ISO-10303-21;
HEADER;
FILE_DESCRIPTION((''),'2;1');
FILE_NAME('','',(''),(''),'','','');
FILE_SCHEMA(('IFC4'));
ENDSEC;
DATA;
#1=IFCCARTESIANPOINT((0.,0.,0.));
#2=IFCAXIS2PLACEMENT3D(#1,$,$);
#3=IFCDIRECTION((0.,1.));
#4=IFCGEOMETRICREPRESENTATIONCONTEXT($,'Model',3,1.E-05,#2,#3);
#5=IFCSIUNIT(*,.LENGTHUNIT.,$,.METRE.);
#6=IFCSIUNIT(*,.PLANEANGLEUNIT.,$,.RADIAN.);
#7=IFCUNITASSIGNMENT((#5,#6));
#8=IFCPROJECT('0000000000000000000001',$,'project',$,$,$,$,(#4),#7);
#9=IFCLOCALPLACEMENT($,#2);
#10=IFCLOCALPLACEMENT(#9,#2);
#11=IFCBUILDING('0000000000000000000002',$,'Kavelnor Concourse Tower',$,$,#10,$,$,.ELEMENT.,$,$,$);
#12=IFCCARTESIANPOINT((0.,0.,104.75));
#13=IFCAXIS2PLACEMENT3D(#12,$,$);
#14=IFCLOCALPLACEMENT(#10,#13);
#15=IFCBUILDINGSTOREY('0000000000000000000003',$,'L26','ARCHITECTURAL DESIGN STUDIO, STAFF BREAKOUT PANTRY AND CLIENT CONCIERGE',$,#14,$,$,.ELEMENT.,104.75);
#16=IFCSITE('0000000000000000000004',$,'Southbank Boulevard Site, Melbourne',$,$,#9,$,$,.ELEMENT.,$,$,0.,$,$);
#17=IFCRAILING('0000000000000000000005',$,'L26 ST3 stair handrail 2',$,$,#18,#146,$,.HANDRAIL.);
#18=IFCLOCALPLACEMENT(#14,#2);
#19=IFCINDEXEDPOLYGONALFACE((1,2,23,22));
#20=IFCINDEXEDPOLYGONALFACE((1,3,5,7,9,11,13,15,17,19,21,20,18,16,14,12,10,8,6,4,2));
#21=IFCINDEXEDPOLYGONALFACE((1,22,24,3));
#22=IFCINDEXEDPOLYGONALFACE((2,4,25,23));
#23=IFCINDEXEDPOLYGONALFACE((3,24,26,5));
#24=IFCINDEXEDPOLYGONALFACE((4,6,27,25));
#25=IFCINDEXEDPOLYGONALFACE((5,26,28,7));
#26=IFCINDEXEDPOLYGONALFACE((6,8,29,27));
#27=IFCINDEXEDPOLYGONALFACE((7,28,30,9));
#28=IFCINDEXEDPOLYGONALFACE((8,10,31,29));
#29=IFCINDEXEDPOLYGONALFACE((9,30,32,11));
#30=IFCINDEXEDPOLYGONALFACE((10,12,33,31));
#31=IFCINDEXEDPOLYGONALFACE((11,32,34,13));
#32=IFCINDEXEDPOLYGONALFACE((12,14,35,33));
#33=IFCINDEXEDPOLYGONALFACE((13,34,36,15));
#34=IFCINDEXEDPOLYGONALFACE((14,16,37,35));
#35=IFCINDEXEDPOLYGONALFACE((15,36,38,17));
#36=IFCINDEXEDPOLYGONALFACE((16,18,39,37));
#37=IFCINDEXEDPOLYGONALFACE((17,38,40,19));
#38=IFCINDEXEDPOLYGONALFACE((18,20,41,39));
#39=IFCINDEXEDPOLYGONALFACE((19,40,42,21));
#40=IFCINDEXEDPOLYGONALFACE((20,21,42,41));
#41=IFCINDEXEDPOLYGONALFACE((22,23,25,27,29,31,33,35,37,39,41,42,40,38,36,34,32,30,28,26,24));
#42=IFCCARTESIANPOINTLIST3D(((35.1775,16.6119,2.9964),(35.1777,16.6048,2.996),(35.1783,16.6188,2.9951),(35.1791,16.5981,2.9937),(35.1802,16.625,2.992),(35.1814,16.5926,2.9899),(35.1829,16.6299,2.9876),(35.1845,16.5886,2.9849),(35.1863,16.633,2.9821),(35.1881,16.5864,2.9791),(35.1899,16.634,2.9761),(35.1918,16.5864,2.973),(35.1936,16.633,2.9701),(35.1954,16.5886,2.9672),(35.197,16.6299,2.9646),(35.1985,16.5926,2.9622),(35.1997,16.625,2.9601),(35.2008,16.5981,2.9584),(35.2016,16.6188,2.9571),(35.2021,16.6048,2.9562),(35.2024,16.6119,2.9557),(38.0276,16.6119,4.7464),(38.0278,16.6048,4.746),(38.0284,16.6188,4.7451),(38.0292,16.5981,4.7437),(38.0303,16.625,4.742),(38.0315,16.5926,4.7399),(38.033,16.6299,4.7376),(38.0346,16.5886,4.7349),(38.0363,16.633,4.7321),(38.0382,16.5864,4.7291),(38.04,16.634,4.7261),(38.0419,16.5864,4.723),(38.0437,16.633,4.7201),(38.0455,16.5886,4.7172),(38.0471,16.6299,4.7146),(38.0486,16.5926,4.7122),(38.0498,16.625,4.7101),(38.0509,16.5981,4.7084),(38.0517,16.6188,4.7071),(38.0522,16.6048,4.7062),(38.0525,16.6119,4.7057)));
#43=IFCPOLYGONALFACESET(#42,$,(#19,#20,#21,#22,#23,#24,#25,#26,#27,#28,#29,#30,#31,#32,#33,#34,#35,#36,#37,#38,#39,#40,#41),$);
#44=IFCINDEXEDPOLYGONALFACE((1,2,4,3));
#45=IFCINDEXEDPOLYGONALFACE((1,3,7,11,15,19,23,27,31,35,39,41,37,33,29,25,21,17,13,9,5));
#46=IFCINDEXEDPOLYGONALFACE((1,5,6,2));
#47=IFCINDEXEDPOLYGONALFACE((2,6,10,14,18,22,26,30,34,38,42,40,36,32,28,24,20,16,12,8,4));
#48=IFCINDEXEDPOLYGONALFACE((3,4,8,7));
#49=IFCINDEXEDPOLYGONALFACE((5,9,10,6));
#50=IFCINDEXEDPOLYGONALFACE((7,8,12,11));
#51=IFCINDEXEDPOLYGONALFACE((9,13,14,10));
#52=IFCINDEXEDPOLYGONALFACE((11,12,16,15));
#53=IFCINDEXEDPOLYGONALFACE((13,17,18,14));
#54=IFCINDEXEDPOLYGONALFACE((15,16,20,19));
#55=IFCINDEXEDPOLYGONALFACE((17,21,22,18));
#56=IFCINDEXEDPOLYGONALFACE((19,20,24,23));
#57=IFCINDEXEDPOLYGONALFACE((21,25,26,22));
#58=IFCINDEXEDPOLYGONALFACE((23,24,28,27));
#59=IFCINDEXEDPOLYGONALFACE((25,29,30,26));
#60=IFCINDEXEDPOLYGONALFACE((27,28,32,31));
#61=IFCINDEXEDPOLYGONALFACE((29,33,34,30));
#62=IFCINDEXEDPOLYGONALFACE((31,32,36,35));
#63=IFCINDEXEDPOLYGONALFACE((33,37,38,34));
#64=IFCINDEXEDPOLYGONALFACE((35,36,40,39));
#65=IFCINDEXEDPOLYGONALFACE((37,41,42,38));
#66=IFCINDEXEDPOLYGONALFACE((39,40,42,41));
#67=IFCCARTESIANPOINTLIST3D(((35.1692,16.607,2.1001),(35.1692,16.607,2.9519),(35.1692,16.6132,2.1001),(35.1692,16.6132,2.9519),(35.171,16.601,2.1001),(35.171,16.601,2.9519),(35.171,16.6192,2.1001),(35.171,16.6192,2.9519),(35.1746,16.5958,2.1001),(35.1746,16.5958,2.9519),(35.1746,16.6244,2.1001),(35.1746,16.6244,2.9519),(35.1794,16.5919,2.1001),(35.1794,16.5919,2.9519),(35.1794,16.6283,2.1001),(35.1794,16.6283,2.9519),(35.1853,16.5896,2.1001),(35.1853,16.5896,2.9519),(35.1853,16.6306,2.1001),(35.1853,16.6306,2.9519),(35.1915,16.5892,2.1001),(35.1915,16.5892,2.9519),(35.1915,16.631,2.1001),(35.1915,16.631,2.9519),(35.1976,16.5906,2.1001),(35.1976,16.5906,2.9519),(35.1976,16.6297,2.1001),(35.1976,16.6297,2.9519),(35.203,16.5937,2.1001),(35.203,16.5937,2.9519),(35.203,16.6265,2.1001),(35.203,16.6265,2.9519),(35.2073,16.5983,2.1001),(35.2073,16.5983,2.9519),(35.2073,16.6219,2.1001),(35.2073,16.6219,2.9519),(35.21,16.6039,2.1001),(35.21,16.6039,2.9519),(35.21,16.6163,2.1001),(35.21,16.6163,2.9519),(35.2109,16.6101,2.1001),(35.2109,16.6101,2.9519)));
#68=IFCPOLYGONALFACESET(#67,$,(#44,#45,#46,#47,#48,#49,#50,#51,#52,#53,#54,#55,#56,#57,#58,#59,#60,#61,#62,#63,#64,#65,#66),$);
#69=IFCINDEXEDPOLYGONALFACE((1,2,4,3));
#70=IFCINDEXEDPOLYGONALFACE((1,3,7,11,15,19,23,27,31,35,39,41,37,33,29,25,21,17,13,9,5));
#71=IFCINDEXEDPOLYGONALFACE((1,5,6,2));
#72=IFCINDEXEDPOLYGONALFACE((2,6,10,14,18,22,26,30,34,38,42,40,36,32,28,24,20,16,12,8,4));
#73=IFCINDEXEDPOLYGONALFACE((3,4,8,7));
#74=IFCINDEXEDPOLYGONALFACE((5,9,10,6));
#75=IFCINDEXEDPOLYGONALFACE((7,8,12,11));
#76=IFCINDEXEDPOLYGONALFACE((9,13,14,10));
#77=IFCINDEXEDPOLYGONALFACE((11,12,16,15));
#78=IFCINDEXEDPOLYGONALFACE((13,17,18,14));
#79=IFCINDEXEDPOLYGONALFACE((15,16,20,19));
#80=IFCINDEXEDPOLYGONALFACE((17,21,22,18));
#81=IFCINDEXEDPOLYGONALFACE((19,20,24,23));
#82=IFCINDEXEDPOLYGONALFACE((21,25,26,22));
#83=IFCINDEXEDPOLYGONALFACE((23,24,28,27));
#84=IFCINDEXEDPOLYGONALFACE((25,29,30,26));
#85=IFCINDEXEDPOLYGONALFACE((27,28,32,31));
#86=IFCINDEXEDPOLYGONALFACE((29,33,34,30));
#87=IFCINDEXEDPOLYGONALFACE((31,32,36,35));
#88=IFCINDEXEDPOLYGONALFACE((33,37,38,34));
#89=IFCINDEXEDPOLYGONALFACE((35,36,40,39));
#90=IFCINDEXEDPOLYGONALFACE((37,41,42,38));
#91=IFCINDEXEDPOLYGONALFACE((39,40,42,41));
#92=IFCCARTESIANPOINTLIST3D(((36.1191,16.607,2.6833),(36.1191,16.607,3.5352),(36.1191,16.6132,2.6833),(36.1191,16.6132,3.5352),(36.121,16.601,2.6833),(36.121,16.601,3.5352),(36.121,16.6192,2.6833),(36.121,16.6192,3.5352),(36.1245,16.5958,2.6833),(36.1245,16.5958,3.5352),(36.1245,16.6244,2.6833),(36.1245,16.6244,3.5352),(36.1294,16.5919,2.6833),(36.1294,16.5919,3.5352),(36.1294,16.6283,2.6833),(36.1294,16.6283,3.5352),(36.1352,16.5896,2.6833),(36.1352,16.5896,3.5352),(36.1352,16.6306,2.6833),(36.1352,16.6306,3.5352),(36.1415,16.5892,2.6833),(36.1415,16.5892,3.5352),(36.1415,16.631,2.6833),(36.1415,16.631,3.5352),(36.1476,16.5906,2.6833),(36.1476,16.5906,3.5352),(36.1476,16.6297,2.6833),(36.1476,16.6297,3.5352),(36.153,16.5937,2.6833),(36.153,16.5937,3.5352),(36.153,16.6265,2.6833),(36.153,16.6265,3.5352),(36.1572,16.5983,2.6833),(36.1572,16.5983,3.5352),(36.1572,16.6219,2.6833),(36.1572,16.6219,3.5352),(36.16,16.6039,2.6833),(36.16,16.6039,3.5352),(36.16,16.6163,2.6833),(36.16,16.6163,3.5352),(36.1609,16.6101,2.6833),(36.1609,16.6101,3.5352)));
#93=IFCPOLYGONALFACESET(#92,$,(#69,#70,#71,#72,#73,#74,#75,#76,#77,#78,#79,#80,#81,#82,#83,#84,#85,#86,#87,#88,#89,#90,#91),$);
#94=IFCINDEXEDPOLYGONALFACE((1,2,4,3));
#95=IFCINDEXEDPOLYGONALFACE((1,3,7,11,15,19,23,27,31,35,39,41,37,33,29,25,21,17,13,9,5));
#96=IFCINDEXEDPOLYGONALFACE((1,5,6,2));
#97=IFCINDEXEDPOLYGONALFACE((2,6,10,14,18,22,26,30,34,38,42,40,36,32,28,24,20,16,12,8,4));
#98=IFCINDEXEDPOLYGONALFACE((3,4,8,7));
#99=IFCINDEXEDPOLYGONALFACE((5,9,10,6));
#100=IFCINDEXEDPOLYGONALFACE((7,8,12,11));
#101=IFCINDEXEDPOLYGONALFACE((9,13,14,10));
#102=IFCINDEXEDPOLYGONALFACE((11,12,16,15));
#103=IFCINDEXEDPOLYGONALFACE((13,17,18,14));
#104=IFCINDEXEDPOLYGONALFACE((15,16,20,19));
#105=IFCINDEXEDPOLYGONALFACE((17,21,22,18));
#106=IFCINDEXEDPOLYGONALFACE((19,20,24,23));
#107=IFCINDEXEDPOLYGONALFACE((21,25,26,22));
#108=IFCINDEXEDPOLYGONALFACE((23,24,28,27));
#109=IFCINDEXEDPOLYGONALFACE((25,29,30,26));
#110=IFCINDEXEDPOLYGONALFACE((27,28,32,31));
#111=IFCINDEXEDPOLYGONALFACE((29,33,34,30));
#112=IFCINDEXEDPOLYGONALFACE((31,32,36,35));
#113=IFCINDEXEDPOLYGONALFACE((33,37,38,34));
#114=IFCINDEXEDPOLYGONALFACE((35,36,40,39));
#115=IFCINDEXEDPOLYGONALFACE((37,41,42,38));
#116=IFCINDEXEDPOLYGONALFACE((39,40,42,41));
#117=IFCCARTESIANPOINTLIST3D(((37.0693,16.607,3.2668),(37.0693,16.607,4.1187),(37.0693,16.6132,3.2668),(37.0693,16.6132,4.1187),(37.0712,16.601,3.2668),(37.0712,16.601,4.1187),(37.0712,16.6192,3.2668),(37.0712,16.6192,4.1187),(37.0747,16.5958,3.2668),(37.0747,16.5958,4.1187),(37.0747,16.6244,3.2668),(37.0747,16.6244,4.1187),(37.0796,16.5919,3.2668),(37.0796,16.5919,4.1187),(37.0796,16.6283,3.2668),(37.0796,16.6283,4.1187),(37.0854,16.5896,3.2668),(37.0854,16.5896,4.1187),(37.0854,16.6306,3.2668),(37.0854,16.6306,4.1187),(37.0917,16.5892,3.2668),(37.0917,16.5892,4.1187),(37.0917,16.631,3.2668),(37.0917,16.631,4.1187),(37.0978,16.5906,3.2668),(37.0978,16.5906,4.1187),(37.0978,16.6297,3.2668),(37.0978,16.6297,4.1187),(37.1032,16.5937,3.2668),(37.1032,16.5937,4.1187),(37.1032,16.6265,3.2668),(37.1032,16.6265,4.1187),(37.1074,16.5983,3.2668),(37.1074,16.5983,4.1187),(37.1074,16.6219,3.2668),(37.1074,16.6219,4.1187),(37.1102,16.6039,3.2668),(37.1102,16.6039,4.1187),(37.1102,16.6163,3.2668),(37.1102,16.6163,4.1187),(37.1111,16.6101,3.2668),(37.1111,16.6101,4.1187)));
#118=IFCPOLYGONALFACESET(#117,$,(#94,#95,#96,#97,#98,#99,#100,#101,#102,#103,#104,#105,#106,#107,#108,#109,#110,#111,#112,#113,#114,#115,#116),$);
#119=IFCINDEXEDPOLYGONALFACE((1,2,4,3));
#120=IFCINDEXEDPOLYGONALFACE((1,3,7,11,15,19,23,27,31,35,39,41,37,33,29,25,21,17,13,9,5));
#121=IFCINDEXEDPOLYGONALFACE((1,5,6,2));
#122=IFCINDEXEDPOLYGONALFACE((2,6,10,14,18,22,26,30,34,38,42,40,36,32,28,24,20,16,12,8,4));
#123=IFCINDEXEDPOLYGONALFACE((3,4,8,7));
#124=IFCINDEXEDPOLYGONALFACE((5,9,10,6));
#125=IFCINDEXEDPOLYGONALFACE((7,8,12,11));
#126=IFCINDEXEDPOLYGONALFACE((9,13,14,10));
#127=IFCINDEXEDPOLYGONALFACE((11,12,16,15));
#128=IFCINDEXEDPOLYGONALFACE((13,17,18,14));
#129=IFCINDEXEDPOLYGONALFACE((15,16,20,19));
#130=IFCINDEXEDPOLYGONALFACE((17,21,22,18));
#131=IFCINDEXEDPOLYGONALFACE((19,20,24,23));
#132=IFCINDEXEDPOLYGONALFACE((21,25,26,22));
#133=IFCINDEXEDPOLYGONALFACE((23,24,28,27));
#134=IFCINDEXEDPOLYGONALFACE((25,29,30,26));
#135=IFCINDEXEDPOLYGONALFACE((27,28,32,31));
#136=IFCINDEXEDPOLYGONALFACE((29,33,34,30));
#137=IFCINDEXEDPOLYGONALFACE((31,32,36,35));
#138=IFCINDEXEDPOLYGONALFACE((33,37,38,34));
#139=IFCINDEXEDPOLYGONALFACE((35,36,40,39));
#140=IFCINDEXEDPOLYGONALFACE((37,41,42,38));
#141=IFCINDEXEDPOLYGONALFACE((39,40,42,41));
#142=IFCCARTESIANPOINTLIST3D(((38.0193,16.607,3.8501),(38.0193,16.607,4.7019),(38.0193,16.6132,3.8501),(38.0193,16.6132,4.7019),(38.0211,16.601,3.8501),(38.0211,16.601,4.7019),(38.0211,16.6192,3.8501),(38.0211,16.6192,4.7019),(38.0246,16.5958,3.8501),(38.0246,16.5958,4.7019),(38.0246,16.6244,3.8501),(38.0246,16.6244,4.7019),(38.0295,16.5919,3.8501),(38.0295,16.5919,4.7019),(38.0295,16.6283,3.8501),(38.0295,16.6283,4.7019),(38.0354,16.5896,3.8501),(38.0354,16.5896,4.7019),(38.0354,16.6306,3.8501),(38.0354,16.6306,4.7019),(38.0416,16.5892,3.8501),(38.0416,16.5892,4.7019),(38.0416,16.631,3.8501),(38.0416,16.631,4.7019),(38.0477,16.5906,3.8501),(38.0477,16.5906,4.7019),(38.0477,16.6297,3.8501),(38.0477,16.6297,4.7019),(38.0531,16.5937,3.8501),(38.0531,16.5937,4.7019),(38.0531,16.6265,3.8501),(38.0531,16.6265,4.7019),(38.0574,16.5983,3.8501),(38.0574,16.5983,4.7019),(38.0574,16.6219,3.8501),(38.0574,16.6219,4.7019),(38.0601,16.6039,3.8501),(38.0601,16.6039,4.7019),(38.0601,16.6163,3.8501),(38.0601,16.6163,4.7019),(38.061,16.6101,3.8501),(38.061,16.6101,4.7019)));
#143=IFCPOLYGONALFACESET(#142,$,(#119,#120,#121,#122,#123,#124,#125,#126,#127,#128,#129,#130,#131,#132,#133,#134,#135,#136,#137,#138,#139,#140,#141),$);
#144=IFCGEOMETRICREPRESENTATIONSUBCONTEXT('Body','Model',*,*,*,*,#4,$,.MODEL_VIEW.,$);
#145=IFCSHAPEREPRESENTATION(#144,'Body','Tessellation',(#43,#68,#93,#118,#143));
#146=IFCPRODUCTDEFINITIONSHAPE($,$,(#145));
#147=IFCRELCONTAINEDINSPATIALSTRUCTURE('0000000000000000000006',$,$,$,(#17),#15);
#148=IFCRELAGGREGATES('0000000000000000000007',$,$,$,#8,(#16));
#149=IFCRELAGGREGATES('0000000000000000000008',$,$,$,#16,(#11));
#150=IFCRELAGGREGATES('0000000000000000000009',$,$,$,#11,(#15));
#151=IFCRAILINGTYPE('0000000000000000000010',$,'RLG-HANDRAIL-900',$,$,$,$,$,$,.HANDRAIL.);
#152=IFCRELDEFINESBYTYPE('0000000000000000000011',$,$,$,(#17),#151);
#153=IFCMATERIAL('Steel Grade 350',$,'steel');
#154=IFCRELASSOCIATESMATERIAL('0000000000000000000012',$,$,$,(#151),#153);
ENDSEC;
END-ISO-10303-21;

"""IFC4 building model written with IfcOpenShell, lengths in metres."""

from ifc_helpers import new_model, si_unit, direction, frame, origin, origin_2d, place, context, subcontext, project, spatial, circle, extrude, material, type_object, element, save


model = new_model("IFC4")

# Units and contexts
model_context = context("Model", 3, precision=1e-05, world=origin(), true_north=direction((0.0, 1.0)))
body_context = subcontext(model_context, "Body", "Model", "MODEL_VIEW")
ifc_project = project(units=[si_unit("LENGTHUNIT", "METRE"), si_unit("PLANEANGLEUNIT", "RADIAN")], contexts=[model_context])

# Site, building, storey
site_placement = place(None, origin())
site = spatial("IfcSite", under=ifc_project, at=site_placement, Name="Southbank Boulevard Site, Melbourne", CompositionType="ELEMENT", RefElevation=0.0)
building_placement = place(site_placement, origin())
building = spatial("IfcBuilding", under=site, at=building_placement, Name="Kavelnor Concourse Tower", CompositionType="ELEMENT")
storey_placement = place(building_placement, frame((0.0, 0.0, 104.75)))
storey = spatial("IfcBuildingStorey", under=building, at=storey_placement, Name="L26", Description="ARCHITECTURAL DESIGN STUDIO, STAFF BREAKOUT PANTRY AND CLIENT CONCIERGE", CompositionType="ELEMENT", Elevation=104.75)

# Shared definitions
ifc_material_1 = material(Name="Steel Grade 350", Category="steel")

# Railing
railing_type_1 = type_object("IfcRailingType", Name="RLG-HANDRAIL-900", PredefinedType="HANDRAIL", material=ifc_material_1)
railing_1_placement = place(storey_placement, frame((35.1899, 16.6101, 2.1001)))
element("IfcRailing", 1, at=railing_1_placement, inside=storey, type_object=railing_type_1, Name="L26 ST3 stair handrail 2", PredefinedType="HANDRAIL", context=body_context, shape_type="SweptSolid", body=[
    extrude(circle(Radius=0.0239, at=origin_2d()), frame((0.0, 0.0, 0.876), z_axis=(0.852179, 0.0, 0.52325), x_axis=(0.0, 1.0, 0.0)), (0.0, 0.0, 1.0), 3.3445),
    extrude(circle(Radius=0.021, at=origin_2d()), origin(), (0.0, 0.0, 1.0), 0.8518),
    extrude(circle(Radius=0.021, at=origin_2d()), frame((0.95, 0.0, 0.5833)), (0.0, 0.0, 1.0), 0.8518),
    extrude(circle(Radius=0.021, at=origin_2d()), frame((1.9001, 0.0, 1.1667)), (0.0, 0.0, 1.0), 0.8518),
    extrude(circle(Radius=0.021, at=origin_2d()), frame((2.8501, 0.0, 1.75)), (0.0, 0.0, 1.0), 0.8518),
])

save(model, "model.ifc")
